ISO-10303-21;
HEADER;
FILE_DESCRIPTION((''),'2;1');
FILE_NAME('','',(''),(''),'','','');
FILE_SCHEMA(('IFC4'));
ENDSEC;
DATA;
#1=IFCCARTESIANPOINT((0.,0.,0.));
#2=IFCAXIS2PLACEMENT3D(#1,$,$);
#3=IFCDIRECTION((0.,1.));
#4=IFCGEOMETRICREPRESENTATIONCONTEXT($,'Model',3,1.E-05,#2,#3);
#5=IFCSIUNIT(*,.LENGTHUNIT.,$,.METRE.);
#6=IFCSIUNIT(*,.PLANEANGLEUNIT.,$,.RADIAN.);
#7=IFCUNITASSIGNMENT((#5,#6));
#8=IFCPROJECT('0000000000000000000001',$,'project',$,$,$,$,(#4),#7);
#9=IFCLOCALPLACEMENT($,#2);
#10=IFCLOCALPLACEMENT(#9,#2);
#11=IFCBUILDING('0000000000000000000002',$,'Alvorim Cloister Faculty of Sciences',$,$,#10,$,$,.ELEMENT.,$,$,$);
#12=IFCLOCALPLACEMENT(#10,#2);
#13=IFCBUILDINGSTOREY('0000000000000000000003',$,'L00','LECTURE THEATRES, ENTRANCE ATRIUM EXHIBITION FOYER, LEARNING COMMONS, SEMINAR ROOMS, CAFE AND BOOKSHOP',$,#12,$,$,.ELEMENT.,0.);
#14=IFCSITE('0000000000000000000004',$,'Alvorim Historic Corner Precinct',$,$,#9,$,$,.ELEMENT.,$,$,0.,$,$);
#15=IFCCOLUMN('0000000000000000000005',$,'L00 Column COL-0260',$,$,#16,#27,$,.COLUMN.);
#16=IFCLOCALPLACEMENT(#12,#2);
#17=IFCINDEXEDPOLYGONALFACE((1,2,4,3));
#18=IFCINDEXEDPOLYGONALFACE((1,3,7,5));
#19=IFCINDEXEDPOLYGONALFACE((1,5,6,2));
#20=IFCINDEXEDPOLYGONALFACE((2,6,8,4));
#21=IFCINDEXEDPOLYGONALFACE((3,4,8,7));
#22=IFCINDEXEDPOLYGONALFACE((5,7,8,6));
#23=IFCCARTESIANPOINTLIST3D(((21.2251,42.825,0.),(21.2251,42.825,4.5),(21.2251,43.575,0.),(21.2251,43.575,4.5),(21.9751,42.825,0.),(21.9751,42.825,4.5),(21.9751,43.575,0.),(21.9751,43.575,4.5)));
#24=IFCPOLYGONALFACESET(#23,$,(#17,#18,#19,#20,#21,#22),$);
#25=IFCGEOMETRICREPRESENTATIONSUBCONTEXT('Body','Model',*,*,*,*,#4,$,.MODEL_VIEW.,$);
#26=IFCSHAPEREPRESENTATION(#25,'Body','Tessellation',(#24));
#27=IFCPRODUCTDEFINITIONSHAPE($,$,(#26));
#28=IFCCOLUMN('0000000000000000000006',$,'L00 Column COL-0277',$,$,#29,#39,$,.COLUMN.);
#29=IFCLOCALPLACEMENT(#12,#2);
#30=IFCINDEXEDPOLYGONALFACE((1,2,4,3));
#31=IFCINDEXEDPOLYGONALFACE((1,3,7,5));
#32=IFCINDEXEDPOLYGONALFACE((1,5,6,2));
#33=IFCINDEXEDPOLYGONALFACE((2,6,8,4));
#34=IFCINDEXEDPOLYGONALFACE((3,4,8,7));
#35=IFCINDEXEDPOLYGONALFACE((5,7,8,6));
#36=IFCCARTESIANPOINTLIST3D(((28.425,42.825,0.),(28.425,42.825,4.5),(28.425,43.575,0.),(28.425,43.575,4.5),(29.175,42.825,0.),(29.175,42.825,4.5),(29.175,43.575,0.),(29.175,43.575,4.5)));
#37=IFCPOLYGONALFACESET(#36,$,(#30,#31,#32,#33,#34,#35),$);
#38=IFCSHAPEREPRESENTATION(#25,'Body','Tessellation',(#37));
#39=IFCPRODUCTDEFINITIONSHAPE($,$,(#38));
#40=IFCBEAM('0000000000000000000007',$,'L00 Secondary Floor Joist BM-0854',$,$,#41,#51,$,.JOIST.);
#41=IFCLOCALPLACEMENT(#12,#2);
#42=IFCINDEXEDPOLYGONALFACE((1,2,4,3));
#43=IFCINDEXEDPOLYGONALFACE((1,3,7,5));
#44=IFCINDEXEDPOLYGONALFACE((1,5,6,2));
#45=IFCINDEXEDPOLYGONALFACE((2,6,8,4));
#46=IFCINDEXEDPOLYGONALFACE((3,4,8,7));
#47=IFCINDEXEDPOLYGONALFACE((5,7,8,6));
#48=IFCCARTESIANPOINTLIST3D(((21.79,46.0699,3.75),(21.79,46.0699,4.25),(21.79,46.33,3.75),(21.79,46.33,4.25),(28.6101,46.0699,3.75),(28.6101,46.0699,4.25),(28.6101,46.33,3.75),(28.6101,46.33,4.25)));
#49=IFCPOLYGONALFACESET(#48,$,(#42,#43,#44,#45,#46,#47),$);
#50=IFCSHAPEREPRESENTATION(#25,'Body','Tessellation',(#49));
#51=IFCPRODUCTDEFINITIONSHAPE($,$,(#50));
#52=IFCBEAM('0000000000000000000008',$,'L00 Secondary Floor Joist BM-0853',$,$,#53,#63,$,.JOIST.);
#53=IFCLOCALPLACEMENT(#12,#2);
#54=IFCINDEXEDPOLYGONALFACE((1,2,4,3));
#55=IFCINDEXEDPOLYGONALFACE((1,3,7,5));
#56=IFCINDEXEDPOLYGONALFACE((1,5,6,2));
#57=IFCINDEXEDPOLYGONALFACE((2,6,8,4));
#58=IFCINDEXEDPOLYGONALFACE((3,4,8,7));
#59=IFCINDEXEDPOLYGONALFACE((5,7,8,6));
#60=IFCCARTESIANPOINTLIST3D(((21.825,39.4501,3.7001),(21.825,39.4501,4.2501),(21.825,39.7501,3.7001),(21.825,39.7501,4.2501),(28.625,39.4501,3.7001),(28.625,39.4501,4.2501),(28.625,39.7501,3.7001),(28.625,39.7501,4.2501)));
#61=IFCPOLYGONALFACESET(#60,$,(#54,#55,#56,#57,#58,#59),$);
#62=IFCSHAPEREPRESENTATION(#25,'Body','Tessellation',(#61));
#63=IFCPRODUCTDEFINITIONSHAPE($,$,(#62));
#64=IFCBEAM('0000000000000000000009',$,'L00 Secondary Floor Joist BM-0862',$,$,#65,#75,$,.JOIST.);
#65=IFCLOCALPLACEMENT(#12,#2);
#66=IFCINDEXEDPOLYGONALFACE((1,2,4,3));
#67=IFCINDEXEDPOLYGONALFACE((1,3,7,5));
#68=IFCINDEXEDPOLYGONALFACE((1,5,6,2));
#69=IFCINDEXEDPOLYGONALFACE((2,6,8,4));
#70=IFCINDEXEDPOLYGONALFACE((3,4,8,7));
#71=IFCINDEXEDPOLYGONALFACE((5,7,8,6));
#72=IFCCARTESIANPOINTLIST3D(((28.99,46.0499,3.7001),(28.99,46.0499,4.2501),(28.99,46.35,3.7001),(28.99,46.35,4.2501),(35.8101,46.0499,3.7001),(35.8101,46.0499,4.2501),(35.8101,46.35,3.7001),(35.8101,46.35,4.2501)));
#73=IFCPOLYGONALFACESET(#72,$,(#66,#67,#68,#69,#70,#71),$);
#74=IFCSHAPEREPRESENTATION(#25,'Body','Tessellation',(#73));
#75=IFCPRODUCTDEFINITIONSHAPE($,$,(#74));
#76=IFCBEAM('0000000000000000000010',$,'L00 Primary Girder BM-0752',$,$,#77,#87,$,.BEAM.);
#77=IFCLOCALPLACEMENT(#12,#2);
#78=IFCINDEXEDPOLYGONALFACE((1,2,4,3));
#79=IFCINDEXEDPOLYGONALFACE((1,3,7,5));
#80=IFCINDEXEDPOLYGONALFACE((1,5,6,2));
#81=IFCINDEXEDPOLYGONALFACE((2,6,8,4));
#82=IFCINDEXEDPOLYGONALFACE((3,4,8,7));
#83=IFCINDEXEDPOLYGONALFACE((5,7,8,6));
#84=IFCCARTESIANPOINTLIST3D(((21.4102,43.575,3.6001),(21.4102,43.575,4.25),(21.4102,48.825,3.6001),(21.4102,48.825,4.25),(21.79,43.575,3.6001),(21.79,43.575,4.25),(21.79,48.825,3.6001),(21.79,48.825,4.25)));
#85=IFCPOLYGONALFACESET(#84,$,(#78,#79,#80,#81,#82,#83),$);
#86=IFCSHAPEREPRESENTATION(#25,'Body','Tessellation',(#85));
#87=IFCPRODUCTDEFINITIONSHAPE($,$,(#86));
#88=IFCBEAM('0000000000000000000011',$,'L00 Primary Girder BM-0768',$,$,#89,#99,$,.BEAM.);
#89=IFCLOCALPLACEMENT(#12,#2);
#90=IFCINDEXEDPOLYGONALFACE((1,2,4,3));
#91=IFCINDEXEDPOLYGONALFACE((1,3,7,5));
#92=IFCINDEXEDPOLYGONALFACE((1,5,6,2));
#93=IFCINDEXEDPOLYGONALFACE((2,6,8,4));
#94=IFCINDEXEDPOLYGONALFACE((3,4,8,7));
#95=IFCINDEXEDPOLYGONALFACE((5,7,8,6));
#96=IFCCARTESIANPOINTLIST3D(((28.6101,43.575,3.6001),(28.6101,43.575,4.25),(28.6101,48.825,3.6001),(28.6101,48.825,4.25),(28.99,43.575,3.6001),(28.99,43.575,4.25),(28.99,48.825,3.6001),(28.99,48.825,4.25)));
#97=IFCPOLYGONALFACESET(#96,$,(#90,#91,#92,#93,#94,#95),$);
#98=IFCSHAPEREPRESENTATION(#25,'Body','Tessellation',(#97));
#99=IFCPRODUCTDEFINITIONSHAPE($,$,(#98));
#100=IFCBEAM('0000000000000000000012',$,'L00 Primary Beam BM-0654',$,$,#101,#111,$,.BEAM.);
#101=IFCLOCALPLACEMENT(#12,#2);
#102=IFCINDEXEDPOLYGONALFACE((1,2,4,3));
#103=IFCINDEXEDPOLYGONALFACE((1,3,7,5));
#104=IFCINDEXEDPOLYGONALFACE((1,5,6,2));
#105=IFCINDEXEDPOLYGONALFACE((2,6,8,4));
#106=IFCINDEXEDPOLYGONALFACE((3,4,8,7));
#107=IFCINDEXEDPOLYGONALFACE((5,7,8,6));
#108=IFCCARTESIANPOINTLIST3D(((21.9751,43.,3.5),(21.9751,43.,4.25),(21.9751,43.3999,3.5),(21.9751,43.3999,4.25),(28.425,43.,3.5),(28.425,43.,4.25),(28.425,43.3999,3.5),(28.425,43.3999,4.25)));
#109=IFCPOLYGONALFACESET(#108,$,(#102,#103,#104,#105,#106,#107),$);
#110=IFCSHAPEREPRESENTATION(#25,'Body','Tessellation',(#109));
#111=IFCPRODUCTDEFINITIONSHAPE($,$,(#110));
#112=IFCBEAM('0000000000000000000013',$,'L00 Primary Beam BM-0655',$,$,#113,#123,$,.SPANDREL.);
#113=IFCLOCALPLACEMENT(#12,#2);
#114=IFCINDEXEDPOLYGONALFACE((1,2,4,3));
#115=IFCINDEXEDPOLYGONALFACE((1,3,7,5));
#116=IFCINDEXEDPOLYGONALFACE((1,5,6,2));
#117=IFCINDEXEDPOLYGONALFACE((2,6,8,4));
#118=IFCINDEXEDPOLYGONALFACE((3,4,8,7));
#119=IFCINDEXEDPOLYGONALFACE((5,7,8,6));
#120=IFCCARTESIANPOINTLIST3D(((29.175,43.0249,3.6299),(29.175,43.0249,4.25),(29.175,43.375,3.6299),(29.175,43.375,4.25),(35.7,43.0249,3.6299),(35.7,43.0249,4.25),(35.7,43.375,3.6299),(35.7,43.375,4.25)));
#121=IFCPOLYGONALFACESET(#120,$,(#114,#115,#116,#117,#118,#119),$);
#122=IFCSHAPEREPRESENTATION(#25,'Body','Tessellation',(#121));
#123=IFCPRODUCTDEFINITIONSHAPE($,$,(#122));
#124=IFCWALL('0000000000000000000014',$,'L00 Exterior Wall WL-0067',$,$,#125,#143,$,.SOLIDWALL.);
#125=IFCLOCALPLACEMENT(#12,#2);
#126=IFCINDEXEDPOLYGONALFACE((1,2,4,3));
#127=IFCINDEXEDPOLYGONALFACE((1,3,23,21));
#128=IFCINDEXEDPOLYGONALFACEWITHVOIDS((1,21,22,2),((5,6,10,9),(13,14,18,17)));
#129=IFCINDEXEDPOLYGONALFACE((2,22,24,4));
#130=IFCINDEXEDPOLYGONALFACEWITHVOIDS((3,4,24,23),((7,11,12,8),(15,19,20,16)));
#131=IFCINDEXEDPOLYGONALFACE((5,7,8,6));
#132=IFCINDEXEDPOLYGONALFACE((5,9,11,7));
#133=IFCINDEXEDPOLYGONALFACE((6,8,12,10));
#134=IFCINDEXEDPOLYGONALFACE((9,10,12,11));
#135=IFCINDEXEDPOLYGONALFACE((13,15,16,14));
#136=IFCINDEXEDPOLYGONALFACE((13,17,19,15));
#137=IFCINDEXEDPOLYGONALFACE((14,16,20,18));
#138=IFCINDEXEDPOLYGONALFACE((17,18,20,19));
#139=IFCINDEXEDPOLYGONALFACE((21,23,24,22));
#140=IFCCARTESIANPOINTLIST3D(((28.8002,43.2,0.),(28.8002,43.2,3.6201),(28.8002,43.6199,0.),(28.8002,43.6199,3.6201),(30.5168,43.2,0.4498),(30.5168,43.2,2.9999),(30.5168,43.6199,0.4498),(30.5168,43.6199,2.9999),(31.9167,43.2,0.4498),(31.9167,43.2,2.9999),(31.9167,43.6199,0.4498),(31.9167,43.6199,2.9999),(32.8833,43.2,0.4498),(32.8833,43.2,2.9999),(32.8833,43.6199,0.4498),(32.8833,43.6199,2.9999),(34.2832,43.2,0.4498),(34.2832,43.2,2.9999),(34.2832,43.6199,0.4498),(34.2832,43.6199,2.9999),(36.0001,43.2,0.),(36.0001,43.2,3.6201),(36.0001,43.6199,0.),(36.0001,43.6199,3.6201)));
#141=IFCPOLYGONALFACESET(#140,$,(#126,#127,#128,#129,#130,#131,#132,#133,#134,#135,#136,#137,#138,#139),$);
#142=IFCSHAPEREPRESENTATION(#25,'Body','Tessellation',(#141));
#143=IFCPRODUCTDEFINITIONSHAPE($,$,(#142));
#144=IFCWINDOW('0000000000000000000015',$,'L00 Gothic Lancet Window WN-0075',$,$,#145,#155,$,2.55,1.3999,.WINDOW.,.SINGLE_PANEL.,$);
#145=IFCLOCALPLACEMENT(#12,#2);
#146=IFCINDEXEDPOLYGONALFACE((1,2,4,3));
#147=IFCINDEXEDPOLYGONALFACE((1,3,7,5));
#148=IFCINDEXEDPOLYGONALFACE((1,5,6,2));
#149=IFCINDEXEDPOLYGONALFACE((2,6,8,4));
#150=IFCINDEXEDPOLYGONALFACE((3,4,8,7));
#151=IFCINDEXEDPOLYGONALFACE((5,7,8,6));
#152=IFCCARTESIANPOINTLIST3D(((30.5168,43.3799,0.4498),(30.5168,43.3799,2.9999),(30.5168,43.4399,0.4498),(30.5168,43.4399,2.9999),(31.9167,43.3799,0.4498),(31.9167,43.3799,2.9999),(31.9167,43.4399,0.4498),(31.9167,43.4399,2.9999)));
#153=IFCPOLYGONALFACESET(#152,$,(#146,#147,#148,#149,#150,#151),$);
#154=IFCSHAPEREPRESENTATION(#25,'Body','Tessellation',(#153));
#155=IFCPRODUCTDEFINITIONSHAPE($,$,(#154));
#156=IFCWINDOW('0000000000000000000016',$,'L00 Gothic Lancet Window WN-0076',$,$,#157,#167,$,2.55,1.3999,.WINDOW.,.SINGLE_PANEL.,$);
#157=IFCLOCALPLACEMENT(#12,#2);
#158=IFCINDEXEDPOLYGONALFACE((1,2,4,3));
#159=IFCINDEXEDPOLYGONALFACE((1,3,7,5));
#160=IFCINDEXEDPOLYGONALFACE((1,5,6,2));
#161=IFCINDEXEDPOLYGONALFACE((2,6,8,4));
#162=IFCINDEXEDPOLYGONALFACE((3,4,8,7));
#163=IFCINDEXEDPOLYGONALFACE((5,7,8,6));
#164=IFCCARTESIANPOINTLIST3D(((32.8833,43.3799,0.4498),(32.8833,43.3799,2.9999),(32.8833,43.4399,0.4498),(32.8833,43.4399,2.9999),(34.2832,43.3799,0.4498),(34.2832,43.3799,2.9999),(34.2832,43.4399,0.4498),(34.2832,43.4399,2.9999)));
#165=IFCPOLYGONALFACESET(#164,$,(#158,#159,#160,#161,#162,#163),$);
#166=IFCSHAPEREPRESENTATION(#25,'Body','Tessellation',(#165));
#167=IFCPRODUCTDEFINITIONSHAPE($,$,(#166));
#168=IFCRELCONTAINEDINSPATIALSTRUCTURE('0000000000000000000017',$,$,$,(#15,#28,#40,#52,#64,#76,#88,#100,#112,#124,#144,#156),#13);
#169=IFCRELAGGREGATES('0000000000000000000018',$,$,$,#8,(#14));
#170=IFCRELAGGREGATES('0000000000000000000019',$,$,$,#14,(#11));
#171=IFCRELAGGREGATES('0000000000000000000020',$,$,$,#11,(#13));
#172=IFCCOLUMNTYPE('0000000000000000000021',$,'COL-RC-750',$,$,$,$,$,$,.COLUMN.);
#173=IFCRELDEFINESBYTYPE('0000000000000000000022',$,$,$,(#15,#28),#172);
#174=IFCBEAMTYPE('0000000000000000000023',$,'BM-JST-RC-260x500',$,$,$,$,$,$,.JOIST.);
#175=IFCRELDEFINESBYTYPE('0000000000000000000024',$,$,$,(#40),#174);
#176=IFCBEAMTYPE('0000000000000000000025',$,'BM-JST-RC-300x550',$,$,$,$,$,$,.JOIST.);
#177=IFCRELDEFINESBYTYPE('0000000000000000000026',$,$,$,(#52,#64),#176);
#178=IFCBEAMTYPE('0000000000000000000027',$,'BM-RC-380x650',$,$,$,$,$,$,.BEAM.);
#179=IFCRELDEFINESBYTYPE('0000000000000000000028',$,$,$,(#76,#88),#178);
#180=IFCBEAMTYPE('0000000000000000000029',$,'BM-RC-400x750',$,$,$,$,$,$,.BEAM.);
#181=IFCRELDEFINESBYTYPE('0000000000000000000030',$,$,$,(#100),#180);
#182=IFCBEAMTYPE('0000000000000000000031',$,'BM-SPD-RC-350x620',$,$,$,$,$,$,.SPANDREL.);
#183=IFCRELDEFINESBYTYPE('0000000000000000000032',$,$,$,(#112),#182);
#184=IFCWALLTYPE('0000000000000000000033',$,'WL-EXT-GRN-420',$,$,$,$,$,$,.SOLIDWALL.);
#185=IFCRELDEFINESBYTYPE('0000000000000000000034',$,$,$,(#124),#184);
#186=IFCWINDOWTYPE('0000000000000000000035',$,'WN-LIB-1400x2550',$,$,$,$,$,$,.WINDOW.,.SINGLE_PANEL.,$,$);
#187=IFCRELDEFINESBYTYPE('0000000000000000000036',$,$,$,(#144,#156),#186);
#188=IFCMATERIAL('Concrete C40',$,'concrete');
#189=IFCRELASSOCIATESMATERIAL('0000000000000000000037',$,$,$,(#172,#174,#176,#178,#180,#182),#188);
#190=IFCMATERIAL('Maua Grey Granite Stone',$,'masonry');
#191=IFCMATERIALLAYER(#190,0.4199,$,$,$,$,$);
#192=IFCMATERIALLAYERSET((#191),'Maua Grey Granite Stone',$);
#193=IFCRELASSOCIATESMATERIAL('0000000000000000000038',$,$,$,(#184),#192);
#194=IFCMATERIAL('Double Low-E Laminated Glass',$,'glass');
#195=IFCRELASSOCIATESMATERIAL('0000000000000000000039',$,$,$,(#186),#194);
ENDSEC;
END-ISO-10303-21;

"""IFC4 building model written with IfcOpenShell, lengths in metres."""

from ifc_helpers import new_model, si_unit, direction, frame, frame_2d, origin, origin_2d, place, context, subcontext, project, spatial, rectangle, extrude, material, layer, layer_set, material_profile, profile_set, type_object, element, fill, save


model = new_model("IFC4")

# Units and contexts
model_context = context("Model", 3, precision=1e-05, world=origin(), true_north=direction((0.0, 1.0)))
body_context = subcontext(model_context, "Body", "Model", "MODEL_VIEW")
ifc_project = project(units=[si_unit("LENGTHUNIT", "METRE"), si_unit("PLANEANGLEUNIT", "RADIAN")], contexts=[model_context])

# Site, building, storey
site_placement = place(None, origin())
site = spatial("IfcSite", under=ifc_project, at=site_placement, Name="Alvorim Historic Corner Precinct", CompositionType="ELEMENT", RefElevation=0.0)
building_placement = place(site_placement, origin())
building = spatial("IfcBuilding", under=site, at=building_placement, Name="Alvorim Cloister Faculty of Sciences", CompositionType="ELEMENT")
storey_placement = place(building_placement, origin())
storey = spatial("IfcBuildingStorey", under=building, at=storey_placement, Name="L00", Description="LECTURE THEATRES, ENTRANCE ATRIUM EXHIBITION FOYER, LEARNING COMMONS, SEMINAR ROOMS, CAFE AND BOOKSHOP", CompositionType="ELEMENT", Elevation=0.0)

# Columns
ifc_material_1 = material(Name="Concrete C40", Category="concrete")
ifc_material_profile_1 = material_profile(ifc_material_1, rectangle(XDim=0.75, YDim=0.75, at=origin_2d()), Name="RC40-COL-750x750")
ifc_profile_set_1 = profile_set([ifc_material_profile_1], Name="Concrete C40")
column_type = type_object("IfcColumnType", Name="COL-RC-750", PredefinedType="COLUMN", material=ifc_profile_set_1)
for number, where, z_axis, x_axis, name in (
    (1, (21.6001, 43.2, 0.0), (0.0, 0.0, 1.0), (1.0, 0.0, 0.0), "L00 Column COL-0260"),
    (2, (28.8, 43.2, 0.0), (0.0, 0.0, 1.0), (1.0, 0.0, 0.0), "L00 Column COL-0277"),
):
    element("IfcColumn", number, at=place(storey_placement, frame(where, z_axis=z_axis, x_axis=x_axis)), inside=storey, type_object=column_type, Name=name, PredefinedType="COLUMN", context=body_context, shape_type="SweptSolid", body=[
        extrude(rectangle(XDim=0.75, YDim=0.75, at=origin_2d()), origin(), (0.0, 0.0, 1.0), 4.5),
    ])

# Beams
ifc_material_profile_2 = material_profile(ifc_material_1, rectangle(XDim=0.26, YDim=0.5, at=origin_2d()), Name="RC40-JST-260x500")
ifc_profile_set_2 = profile_set([ifc_material_profile_2], Name="Concrete C40")
beam_type_1 = type_object("IfcBeamType", Name="BM-JST-RC-260x500", PredefinedType="JOIST", material=ifc_profile_set_2)
beam_1_placement = place(storey_placement, frame((21.79, 46.2, 4.0), z_axis=(1.0, 0.0, 0.0), x_axis=(0.0, 1.0, 0.0)))
element("IfcBeam", 3, at=beam_1_placement, inside=storey, type_object=beam_type_1, Name="L00 Secondary Floor Joist BM-0854", PredefinedType="JOIST", context=body_context, shape_type="SweptSolid", body=[
    extrude(rectangle(XDim=0.26, YDim=0.5, at=origin_2d()), origin(), (0.0, 0.0, 1.0), 6.8201),
])
ifc_material_profile_3 = material_profile(ifc_material_1, rectangle(XDim=0.3, YDim=0.55, at=origin_2d()), Name="RC40-JST-300x550")
ifc_profile_set_3 = profile_set([ifc_material_profile_3], Name="Concrete C40")
beam_type_2 = type_object("IfcBeamType", Name="BM-JST-RC-300x550", PredefinedType="JOIST", material=ifc_profile_set_3)
beam_2_placement = place(storey_placement, frame((21.825, 39.6001, 3.9751), z_axis=(1.0, 0.0, 0.0), x_axis=(0.0, 1.0, 0.0)))
element("IfcBeam", 4, at=beam_2_placement, inside=storey, type_object=beam_type_2, Name="L00 Secondary Floor Joist BM-0853", PredefinedType="JOIST", context=body_context, shape_type="SweptSolid", body=[
    extrude(rectangle(XDim=0.3, YDim=0.55, at=origin_2d()), origin(), (0.0, 0.0, 1.0), 6.8),
])
beam_3_placement = place(storey_placement, frame((28.99, 46.2, 3.9751), z_axis=(1.0, 0.0, 0.0), x_axis=(0.0, 1.0, 0.0)))
element("IfcBeam", 5, at=beam_3_placement, inside=storey, type_object=beam_type_2, Name="L00 Secondary Floor Joist BM-0862", PredefinedType="JOIST", context=body_context, shape_type="SweptSolid", body=[
    extrude(rectangle(XDim=0.3, YDim=0.55, at=origin_2d()), origin(), (0.0, 0.0, 1.0), 6.8201),
])
ifc_material_profile_4 = material_profile(ifc_material_1, rectangle(XDim=0.3799, YDim=0.6499, at=origin_2d()), Name="RC40-BM-380x650")
ifc_profile_set_4 = profile_set([ifc_material_profile_4], Name="Concrete C40")
beam_type_3 = type_object("IfcBeamType", Name="BM-RC-380x650", PredefinedType="BEAM", material=ifc_profile_set_4)
for number, where, z_axis, x_axis, name in (
    (6, (21.6001, 43.575, 3.925), (0.0, 1.0, 0.0), (-1.0, 0.0, 0.0), "L00 Primary Girder BM-0752"),
    (7, (28.8, 43.575, 3.925), (0.0, 1.0, 0.0), (-1.0, 0.0, 0.0), "L00 Primary Girder BM-0768"),
):
    element("IfcBeam", number, at=place(storey_placement, frame(where, z_axis=z_axis, x_axis=x_axis)), inside=storey, type_object=beam_type_3, Name=name, PredefinedType="BEAM", context=body_context, shape_type="SweptSolid", body=[
        extrude(rectangle(XDim=0.3799, YDim=0.6499, at=origin_2d()), origin(), (0.0, 0.0, 1.0), 5.25),
    ])
ifc_material_profile_5 = material_profile(ifc_material_1, rectangle(XDim=0.3999, YDim=0.75, at=origin_2d()), Name="RC40-BM-400x750")
ifc_profile_set_5 = profile_set([ifc_material_profile_5], Name="Concrete C40")
beam_type_4 = type_object("IfcBeamType", Name="BM-RC-400x750", PredefinedType="BEAM", material=ifc_profile_set_5)
beam_4_placement = place(storey_placement, frame((21.9751, 43.2, 3.875), z_axis=(1.0, 0.0, 0.0), x_axis=(0.0, 1.0, 0.0)))
element("IfcBeam", 8, at=beam_4_placement, inside=storey, type_object=beam_type_4, Name="L00 Primary Beam BM-0654", PredefinedType="BEAM", context=body_context, shape_type="SweptSolid", body=[
    extrude(rectangle(XDim=0.3999, YDim=0.75, at=origin_2d()), origin(), (0.0, 0.0, 1.0), 6.45),
])
ifc_material_profile_6 = material_profile(ifc_material_1, rectangle(XDim=0.3501, YDim=0.6201, at=origin_2d()), Name="RC40-SPD-350x620")
ifc_profile_set_6 = profile_set([ifc_material_profile_6], Name="Concrete C40")
beam_type_5 = type_object("IfcBeamType", Name="BM-SPD-RC-350x620", PredefinedType="SPANDREL", material=ifc_profile_set_6)
beam_5_placement = place(storey_placement, frame((29.175, 43.2, 3.9399), z_axis=(1.0, 0.0, 0.0), x_axis=(0.0, 1.0, 0.0)))
element("IfcBeam", 9, at=beam_5_placement, inside=storey, type_object=beam_type_5, Name="L00 Primary Beam BM-0655", PredefinedType="SPANDREL", context=body_context, shape_type="SweptSolid", body=[
    extrude(rectangle(XDim=0.3501, YDim=0.6201, at=origin_2d()), origin(), (0.0, 0.0, 1.0), 6.5249),
])

# Wall, openings, windows
ifc_material_2 = material(Name="Maua Grey Granite Stone", Category="masonry")
ifc_layer_1 = layer(ifc_material_2, 0.4199)
ifc_layer_set_1 = layer_set([ifc_layer_1], Name="Maua Grey Granite Stone")
wall_type_1 = type_object("IfcWallType", Name="WL-EXT-GRN-420", PredefinedType="SOLIDWALL", material=ifc_layer_set_1)
wall_1_placement = place(storey_placement, frame((28.8, 43.4099, 0.0), z_axis=(0.0, 0.0, 1.0), x_axis=(1.0, 0.0, 0.0)))
wall_1 = element("IfcWall", 10, at=wall_1_placement, inside=storey, type_object=wall_type_1, Name="L00 Exterior Wall WL-0067", PredefinedType="SOLIDWALL", context=body_context, shape_type="SweptSolid", body=[
    extrude(rectangle(XDim=7.2, YDim=0.4199, at=frame_2d((3.6001, 0.0))), origin(), (0.0, 0.0, 1.0), 3.6201),
])
opening_1_placement = place(wall_1_placement, frame((1.7168, 0.0, 0.45)))
opening_1 = element("IfcOpeningElement", 11, at=opening_1_placement, cuts=wall_1, PredefinedType="OPENING", context=body_context, shape_type="SweptSolid", body=[
    extrude(rectangle(XDim=1.3999, YDim=2.55, at=frame_2d((0.7, 1.2749))), frame((0.0, 0.2219, 0.0), z_axis=(0.0, -1.0, 0.0), x_axis=(1.0, 0.0, 0.0)), (0.0, 0.0, 1.0), 0.4438),
])
opening_2_placement = place(wall_1_placement, frame((4.0833, 0.0, 0.45)))
opening_2 = element("IfcOpeningElement", 12, at=opening_2_placement, cuts=wall_1, PredefinedType="OPENING", context=body_context, shape_type="SweptSolid", body=[
    extrude(rectangle(XDim=1.3999, YDim=2.55, at=frame_2d((0.7, 1.2749))), frame((0.0, 0.2219, 0.0), z_axis=(0.0, -1.0, 0.0), x_axis=(1.0, 0.0, 0.0)), (0.0, 0.0, 1.0), 0.4438),
])
ifc_material_3 = material(Name="Double Low-E Laminated Glass", Category="glass")
window_type = type_object("IfcWindowType", Name="WN-LIB-1400x2550", PartitioningType="SINGLE_PANEL", PredefinedType="WINDOW", material=ifc_material_3)
window_1_placement = place(opening_1_placement, origin())
window_1 = element("IfcWindow", 13, at=window_1_placement, inside=storey, type_object=window_type, Name="L00 Gothic Lancet Window WN-0075", OverallHeight=2.55, OverallWidth=1.3999, PartitioningType="SINGLE_PANEL", PredefinedType="WINDOW", context=body_context, shape_type="SweptSolid", body=[
    extrude(rectangle(XDim=1.3999, YDim=2.55, at=frame_2d((0.7, 1.2749))), frame((0.0, 0.03, 0.0), z_axis=(0.0, -1.0, 0.0), x_axis=(1.0, 0.0, 0.0)), (0.0, 0.0, 1.0), 0.0601),
])
fill(opening_1, window_1)
window_2_placement = place(opening_2_placement, origin())
window_2 = element("IfcWindow", 14, at=window_2_placement, inside=storey, type_object=window_type, Name="L00 Gothic Lancet Window WN-0076", OverallHeight=2.55, OverallWidth=1.3999, PartitioningType="SINGLE_PANEL", PredefinedType="WINDOW", context=body_context, shape_type="SweptSolid", body=[
    extrude(rectangle(XDim=1.3999, YDim=2.55, at=frame_2d((0.7, 1.2749))), frame((0.0, 0.03, 0.0), z_axis=(0.0, -1.0, 0.0), x_axis=(1.0, 0.0, 0.0)), (0.0, 0.0, 1.0), 0.0601),
])
fill(opening_2, window_2)

save(model, "model.ifc")
